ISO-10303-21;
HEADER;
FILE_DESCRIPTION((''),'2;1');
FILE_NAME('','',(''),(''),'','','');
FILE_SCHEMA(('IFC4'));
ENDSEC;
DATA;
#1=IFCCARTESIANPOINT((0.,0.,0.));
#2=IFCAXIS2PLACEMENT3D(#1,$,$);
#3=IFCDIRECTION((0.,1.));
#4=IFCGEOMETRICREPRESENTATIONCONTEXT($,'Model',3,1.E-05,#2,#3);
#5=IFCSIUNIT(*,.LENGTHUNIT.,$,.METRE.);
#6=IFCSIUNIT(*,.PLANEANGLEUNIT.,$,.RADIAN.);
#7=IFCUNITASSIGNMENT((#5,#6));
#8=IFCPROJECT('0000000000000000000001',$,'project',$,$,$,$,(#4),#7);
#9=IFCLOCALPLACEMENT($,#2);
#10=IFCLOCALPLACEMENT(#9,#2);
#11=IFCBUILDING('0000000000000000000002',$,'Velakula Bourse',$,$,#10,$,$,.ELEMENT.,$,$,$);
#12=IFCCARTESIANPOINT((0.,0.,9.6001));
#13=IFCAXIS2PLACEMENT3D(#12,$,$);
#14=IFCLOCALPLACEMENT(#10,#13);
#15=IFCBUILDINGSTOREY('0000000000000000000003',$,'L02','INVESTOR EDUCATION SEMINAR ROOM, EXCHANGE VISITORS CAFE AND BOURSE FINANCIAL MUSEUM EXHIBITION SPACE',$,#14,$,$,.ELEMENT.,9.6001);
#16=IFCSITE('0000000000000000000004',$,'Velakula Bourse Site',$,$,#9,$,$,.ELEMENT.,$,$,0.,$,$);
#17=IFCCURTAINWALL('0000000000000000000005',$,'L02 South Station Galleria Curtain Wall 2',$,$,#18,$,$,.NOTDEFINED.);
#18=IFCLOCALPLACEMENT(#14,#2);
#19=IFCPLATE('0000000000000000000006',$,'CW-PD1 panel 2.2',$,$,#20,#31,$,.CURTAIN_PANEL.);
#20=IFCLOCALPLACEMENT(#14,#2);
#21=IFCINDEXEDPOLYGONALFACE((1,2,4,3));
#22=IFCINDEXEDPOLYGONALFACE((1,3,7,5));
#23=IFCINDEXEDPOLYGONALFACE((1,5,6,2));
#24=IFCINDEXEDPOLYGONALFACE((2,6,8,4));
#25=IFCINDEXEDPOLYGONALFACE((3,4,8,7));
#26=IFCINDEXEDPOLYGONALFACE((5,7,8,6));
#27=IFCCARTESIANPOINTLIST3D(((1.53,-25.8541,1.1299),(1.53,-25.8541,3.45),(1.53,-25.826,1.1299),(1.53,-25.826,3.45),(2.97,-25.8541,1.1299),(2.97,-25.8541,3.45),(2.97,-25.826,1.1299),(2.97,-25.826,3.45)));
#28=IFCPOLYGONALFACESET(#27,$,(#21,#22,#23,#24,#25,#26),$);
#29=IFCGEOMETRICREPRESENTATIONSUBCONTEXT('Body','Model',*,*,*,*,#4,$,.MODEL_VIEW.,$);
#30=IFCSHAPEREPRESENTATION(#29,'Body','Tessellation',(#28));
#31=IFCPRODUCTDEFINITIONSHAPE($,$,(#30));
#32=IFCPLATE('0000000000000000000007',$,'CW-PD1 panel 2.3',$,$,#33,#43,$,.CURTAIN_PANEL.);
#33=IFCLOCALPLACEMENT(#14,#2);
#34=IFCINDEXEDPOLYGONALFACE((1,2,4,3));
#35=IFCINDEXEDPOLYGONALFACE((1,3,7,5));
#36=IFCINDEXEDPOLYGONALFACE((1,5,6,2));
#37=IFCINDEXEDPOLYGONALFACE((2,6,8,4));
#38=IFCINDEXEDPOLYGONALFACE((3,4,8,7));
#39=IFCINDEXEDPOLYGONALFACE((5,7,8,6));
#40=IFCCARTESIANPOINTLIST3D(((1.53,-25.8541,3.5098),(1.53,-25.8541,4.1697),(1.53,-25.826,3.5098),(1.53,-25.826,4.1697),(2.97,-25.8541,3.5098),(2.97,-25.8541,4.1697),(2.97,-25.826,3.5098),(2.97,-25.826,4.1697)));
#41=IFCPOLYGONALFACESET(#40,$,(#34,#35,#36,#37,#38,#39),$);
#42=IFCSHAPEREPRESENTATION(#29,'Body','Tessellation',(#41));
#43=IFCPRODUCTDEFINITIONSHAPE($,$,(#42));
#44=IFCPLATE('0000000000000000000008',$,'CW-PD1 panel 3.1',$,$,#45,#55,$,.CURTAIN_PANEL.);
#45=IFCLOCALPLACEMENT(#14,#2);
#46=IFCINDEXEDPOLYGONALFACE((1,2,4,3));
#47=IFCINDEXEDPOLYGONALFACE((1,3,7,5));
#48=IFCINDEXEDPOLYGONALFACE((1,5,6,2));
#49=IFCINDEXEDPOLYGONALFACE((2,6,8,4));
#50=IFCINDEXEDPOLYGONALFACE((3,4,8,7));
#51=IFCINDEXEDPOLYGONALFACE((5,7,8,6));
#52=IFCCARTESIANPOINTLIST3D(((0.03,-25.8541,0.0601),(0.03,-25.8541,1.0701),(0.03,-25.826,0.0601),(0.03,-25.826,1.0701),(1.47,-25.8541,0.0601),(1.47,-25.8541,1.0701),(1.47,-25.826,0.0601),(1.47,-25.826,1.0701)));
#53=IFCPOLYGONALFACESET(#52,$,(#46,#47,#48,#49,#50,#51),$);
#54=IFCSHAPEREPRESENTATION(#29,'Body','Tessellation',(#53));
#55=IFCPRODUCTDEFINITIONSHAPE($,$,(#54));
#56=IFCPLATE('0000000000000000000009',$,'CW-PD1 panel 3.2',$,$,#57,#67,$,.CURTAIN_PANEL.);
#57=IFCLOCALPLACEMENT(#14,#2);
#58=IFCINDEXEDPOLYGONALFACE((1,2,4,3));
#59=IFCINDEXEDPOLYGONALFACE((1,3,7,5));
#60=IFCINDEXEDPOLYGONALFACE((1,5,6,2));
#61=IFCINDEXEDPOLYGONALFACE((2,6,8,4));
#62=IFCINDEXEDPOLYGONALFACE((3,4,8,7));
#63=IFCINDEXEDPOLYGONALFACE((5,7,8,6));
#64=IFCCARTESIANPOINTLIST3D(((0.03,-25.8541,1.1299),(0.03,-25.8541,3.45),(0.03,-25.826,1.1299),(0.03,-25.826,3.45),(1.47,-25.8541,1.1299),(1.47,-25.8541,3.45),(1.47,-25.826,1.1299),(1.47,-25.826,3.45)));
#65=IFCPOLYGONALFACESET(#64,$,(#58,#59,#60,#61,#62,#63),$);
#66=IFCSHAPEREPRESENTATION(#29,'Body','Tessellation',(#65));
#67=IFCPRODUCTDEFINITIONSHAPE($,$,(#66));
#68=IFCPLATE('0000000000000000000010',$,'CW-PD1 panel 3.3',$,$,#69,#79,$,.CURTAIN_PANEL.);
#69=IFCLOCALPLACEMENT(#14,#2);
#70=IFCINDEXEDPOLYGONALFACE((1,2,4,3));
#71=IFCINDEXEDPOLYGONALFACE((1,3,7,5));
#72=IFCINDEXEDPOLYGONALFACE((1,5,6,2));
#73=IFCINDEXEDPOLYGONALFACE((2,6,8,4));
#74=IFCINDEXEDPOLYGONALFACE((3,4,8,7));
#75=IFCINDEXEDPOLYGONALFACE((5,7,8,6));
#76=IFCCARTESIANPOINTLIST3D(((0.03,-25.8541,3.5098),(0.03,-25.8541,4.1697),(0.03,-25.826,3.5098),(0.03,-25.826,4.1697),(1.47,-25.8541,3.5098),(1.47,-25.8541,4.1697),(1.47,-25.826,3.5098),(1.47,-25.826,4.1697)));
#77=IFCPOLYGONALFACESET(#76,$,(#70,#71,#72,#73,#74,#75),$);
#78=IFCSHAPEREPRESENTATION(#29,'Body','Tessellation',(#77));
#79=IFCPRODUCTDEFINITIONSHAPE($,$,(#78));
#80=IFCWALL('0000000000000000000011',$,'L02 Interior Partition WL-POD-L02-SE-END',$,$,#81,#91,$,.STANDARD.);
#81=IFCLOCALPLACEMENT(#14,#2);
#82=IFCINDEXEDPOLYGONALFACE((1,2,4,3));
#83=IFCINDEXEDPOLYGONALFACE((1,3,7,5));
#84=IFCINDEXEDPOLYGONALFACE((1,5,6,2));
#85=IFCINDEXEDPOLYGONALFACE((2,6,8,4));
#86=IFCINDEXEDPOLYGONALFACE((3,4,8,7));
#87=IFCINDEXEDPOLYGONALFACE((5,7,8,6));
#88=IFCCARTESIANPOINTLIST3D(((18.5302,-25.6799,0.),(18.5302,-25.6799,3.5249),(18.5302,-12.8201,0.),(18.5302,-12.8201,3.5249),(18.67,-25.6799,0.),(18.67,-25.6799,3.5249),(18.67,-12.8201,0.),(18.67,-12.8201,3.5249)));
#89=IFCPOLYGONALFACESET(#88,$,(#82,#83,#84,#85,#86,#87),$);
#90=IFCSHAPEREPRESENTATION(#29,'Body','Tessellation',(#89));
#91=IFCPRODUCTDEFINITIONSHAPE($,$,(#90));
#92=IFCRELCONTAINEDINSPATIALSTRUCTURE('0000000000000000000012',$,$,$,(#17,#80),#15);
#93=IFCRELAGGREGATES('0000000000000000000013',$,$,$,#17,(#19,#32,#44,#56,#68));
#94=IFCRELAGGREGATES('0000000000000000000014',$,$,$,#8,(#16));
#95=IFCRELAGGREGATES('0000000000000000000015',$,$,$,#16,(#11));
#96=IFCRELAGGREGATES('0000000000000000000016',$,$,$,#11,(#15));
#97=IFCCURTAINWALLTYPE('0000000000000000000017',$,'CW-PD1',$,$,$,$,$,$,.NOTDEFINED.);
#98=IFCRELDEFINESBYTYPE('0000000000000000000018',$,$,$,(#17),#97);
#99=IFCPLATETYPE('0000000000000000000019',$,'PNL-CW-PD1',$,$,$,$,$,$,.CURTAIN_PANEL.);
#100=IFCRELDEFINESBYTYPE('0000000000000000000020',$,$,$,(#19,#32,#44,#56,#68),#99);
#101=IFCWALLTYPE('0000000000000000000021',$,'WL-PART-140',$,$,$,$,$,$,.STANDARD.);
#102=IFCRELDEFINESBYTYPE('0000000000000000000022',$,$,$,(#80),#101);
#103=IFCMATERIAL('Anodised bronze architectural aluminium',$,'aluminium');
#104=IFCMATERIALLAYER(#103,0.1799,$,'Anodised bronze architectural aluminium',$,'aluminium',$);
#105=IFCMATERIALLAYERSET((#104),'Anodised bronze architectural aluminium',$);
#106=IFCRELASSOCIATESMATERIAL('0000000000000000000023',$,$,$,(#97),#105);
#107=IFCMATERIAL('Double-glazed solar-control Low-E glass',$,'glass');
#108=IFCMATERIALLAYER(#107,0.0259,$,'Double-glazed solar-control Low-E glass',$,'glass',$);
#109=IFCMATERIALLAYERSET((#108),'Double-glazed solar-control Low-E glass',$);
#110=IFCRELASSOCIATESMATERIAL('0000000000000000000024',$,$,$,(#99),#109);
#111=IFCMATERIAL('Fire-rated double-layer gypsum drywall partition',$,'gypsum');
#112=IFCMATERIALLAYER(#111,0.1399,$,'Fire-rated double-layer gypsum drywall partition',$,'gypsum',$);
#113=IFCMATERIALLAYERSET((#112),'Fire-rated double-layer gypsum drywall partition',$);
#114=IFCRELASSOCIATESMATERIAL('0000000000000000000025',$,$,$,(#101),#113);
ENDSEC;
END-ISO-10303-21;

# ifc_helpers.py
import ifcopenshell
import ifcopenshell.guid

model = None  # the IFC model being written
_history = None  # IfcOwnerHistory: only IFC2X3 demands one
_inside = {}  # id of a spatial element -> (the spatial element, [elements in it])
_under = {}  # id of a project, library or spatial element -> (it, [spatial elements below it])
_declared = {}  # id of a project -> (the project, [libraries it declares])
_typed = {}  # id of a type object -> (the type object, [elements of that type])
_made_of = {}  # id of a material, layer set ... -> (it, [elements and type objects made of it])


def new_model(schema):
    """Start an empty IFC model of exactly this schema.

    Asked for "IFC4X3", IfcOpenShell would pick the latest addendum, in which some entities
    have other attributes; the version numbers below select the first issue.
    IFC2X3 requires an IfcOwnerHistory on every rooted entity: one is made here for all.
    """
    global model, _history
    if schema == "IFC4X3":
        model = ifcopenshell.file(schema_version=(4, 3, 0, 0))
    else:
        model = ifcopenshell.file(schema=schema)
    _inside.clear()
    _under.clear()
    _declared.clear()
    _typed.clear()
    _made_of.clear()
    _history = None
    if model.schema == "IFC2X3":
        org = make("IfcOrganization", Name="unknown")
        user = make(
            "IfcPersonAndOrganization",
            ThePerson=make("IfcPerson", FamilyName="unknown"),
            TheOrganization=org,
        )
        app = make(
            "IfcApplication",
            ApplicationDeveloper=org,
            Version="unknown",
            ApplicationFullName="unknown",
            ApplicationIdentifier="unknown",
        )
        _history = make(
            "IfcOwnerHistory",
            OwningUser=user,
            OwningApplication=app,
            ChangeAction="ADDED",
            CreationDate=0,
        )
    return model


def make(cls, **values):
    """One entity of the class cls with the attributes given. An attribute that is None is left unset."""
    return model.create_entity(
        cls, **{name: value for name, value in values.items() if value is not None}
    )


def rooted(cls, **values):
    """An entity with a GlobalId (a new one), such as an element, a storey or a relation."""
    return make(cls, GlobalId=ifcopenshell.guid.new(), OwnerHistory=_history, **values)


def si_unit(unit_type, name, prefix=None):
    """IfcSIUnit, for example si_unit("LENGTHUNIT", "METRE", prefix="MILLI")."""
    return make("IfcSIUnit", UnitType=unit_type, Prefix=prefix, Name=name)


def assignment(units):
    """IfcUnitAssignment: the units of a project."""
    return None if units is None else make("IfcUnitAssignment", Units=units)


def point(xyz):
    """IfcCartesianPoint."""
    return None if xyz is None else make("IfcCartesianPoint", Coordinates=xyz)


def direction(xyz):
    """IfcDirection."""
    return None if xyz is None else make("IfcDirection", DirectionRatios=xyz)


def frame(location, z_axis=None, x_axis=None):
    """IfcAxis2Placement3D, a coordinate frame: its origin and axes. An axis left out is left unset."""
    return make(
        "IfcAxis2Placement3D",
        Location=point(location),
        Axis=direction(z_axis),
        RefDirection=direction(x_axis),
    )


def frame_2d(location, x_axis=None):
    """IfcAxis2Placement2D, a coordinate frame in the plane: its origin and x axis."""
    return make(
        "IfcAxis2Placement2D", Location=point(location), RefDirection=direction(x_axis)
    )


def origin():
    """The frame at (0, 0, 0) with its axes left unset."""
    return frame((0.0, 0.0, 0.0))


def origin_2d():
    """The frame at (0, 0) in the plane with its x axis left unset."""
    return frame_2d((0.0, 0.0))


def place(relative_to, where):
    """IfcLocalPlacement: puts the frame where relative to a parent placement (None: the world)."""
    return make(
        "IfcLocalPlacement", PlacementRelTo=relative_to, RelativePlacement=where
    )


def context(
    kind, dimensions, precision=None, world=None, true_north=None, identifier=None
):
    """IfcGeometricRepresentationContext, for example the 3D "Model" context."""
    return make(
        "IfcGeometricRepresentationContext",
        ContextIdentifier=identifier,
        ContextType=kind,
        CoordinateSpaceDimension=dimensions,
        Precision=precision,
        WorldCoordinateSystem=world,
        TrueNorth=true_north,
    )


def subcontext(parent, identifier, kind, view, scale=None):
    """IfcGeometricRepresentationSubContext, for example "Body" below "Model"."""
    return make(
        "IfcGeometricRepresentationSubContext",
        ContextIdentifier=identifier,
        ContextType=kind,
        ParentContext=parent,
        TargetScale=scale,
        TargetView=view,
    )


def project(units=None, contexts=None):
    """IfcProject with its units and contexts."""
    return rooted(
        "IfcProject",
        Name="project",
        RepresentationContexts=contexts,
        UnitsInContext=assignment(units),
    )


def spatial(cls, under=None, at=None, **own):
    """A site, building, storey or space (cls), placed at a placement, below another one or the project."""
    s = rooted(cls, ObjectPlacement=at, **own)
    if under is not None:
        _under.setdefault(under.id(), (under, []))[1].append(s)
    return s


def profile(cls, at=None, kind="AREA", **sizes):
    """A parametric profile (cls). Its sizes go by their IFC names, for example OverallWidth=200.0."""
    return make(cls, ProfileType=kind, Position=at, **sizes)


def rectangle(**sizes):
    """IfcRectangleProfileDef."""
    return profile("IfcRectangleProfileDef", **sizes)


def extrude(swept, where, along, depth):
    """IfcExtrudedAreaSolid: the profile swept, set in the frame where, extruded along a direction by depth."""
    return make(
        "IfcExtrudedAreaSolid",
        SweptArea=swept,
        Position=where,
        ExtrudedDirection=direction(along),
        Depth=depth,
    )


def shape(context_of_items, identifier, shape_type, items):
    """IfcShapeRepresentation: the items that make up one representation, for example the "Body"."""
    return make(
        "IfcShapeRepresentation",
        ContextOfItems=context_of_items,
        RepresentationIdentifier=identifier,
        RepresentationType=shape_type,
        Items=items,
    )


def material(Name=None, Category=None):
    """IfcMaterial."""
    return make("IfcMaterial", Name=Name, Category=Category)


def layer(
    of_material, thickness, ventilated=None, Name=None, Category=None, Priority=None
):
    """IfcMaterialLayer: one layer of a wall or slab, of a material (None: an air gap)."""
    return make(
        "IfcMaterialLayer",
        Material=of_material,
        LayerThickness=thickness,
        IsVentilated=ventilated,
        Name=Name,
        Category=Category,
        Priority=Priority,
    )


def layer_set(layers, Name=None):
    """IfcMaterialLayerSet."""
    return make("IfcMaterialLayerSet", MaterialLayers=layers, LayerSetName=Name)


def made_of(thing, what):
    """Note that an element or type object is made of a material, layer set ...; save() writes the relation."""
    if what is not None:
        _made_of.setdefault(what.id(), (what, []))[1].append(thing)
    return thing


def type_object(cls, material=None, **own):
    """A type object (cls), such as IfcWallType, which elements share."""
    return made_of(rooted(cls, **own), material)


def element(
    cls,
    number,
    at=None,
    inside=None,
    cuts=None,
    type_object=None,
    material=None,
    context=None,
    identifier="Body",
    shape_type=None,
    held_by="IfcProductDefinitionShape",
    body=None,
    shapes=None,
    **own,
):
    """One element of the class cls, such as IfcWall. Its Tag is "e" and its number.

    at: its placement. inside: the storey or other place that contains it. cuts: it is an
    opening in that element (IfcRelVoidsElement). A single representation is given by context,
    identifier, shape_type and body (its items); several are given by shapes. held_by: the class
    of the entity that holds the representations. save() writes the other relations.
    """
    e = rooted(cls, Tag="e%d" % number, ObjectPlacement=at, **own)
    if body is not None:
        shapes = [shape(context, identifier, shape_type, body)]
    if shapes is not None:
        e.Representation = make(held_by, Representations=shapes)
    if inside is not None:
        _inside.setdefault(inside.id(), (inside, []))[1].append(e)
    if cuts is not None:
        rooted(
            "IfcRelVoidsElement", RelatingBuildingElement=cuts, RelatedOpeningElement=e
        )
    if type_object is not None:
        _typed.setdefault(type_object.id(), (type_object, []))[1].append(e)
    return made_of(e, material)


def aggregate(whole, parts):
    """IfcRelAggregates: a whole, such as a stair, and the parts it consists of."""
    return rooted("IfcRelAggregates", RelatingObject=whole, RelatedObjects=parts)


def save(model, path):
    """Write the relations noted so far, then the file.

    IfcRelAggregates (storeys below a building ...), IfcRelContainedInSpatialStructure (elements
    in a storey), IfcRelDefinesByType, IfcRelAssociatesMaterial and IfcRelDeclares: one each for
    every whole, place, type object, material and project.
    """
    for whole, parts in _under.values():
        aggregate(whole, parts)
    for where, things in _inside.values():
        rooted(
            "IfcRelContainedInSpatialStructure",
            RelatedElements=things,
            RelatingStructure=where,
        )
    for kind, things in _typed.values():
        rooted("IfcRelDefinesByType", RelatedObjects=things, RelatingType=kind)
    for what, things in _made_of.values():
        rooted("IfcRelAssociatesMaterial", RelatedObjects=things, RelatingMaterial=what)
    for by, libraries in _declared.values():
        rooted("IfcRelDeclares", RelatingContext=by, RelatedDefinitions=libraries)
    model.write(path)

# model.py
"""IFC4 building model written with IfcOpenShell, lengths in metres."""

from ifc_helpers import new_model, si_unit, direction, frame, frame_2d, origin, origin_2d, place, context, subcontext, project, spatial, rectangle, extrude, material, layer, layer_set, type_object, element, aggregate, save


model = new_model("IFC4")

# Units and contexts
model_context = context("Model", 3, precision=1e-05, world=origin(), true_north=direction((0.0, 1.0)))
body_context = subcontext(model_context, "Body", "Model", "MODEL_VIEW")
ifc_project = project(units=[si_unit("LENGTHUNIT", "METRE"), si_unit("PLANEANGLEUNIT", "RADIAN")], contexts=[model_context])

# Site, building, storey
site_placement = place(None, origin())
site = spatial("IfcSite", under=ifc_project, at=site_placement, Name="Velakula Bourse Site", CompositionType="ELEMENT", RefElevation=0.0)
building_placement = place(site_placement, origin())
building = spatial("IfcBuilding", under=site, at=building_placement, Name="Velakula Bourse", CompositionType="ELEMENT")
storey_placement = place(building_placement, frame((0.0, 0.0, 9.6001)))
storey = spatial("IfcBuildingStorey", under=building, at=storey_placement, Name="L02", Description="INVESTOR EDUCATION SEMINAR ROOM, EXCHANGE VISITORS CAFE AND BOURSE FINANCIAL MUSEUM EXHIBITION SPACE", CompositionType="ELEMENT", Elevation=9.6001)

# Curtain wall, plates
ifc_material_1 = material(Name="Anodised bronze architectural aluminium", Category="aluminium")
ifc_layer_1 = layer(ifc_material_1, 0.1799, Name="Anodised bronze architectural aluminium", Category="aluminium")
ifc_layer_set_1 = layer_set([ifc_layer_1], Name="Anodised bronze architectural aluminium")
curtain_wall_type = type_object("IfcCurtainWallType", Name="CW-PD1", PredefinedType="NOTDEFINED", material=ifc_layer_set_1)
curtain_wall_placement = place(storey_placement, origin())
curtain_wall = element("IfcCurtainWall", 1, at=curtain_wall_placement, inside=storey, type_object=curtain_wall_type, Name="L02 South Station Galleria Curtain Wall 2", PredefinedType="NOTDEFINED")
ifc_material_2 = material(Name="Double-glazed solar-control Low-E glass", Category="glass")
ifc_layer_2 = layer(ifc_material_2, 0.0259, Name="Double-glazed solar-control Low-E glass", Category="glass")
ifc_layer_set_2 = layer_set([ifc_layer_2], Name="Double-glazed solar-control Low-E glass")
plate_type = type_object("IfcPlateType", Name="PNL-CW-PD1", PredefinedType="CURTAIN_PANEL", material=ifc_layer_set_2)
plate_1_placement = place(storey_placement, frame((2.25, -25.8401, 1.1299), z_axis=(0.0, 0.0, 1.0), x_axis=(-1.0, 0.0, 0.0)))
plate_1 = element("IfcPlate", 2, at=plate_1_placement, type_object=plate_type, Name="CW-PD1 panel 2.2", PredefinedType="CURTAIN_PANEL", context=body_context, shape_type="SweptSolid", body=[
    extrude(rectangle(XDim=1.4399, YDim=0.0281, at=origin_2d()), origin(), (0.0, 0.0, 1.0), 2.3201),
])
plate_2_placement = place(storey_placement, frame((2.25, -25.8401, 3.5098), z_axis=(0.0, 0.0, 1.0), x_axis=(-1.0, 0.0, 0.0)))
plate_2 = element("IfcPlate", 3, at=plate_2_placement, type_object=plate_type, Name="CW-PD1 panel 2.3", PredefinedType="CURTAIN_PANEL", context=body_context, shape_type="SweptSolid", body=[
    extrude(rectangle(XDim=1.4399, YDim=0.0281, at=origin_2d()), origin(), (0.0, 0.0, 1.0), 0.6599),
])
plate_3_placement = place(storey_placement, frame((0.75, -25.8401, 0.0601), z_axis=(0.0, 0.0, 1.0), x_axis=(-1.0, 0.0, 0.0)))
plate_3 = element("IfcPlate", 4, at=plate_3_placement, type_object=plate_type, Name="CW-PD1 panel 3.1", PredefinedType="CURTAIN_PANEL", context=body_context, shape_type="SweptSolid", body=[
    extrude(rectangle(XDim=1.4399, YDim=0.0281, at=origin_2d()), origin(), (0.0, 0.0, 1.0), 1.01),
])
plate_4_placement = place(storey_placement, frame((0.75, -25.8401, 1.1299), z_axis=(0.0, 0.0, 1.0), x_axis=(-1.0, 0.0, 0.0)))
plate_4 = element("IfcPlate", 5, at=plate_4_placement, type_object=plate_type, Name="CW-PD1 panel 3.2", PredefinedType="CURTAIN_PANEL", context=body_context, shape_type="SweptSolid", body=[
    extrude(rectangle(XDim=1.4399, YDim=0.0281, at=origin_2d()), origin(), (0.0, 0.0, 1.0), 2.3201),
])
plate_5_placement = place(storey_placement, frame((0.75, -25.8401, 3.5098), z_axis=(0.0, 0.0, 1.0), x_axis=(-1.0, 0.0, 0.0)))
plate_5 = element("IfcPlate", 6, at=plate_5_placement, type_object=plate_type, Name="CW-PD1 panel 3.3", PredefinedType="CURTAIN_PANEL", context=body_context, shape_type="SweptSolid", body=[
    extrude(rectangle(XDim=1.4399, YDim=0.0281, at=origin_2d()), origin(), (0.0, 0.0, 1.0), 0.6599),
])
aggregate(curtain_wall, [plate_1, plate_2, plate_3, plate_4, plate_5])

# Wall
ifc_material_3 = material(Name="Fire-rated double-layer gypsum drywall partition", Category="gypsum")
ifc_layer_3 = layer(ifc_material_3, 0.1399, Name="Fire-rated double-layer gypsum drywall partition", Category="gypsum")
ifc_layer_set_3 = layer_set([ifc_layer_3], Name="Fire-rated double-layer gypsum drywall partition")
wall_type = type_object("IfcWallType", Name="WL-PART-140", PredefinedType="STANDARD", material=ifc_layer_set_3)
wall_placement = place(storey_placement, frame((18.6001, -25.6799, 0.0), z_axis=(0.0, 0.0, 1.0), x_axis=(0.0, 1.0, 0.0)))
element("IfcWall", 7, at=wall_placement, inside=storey, type_object=wall_type, Name="L02 Interior Partition WL-POD-L02-SE-END", PredefinedType="STANDARD", context=body_context, shape_type="SweptSolid", body=[
    extrude(rectangle(XDim=12.8599, YDim=0.1399, at=frame_2d((6.4299, 0.0))), origin(), (0.0, 0.0, 1.0), 3.5249),
])

save(model, "model.ifc")
